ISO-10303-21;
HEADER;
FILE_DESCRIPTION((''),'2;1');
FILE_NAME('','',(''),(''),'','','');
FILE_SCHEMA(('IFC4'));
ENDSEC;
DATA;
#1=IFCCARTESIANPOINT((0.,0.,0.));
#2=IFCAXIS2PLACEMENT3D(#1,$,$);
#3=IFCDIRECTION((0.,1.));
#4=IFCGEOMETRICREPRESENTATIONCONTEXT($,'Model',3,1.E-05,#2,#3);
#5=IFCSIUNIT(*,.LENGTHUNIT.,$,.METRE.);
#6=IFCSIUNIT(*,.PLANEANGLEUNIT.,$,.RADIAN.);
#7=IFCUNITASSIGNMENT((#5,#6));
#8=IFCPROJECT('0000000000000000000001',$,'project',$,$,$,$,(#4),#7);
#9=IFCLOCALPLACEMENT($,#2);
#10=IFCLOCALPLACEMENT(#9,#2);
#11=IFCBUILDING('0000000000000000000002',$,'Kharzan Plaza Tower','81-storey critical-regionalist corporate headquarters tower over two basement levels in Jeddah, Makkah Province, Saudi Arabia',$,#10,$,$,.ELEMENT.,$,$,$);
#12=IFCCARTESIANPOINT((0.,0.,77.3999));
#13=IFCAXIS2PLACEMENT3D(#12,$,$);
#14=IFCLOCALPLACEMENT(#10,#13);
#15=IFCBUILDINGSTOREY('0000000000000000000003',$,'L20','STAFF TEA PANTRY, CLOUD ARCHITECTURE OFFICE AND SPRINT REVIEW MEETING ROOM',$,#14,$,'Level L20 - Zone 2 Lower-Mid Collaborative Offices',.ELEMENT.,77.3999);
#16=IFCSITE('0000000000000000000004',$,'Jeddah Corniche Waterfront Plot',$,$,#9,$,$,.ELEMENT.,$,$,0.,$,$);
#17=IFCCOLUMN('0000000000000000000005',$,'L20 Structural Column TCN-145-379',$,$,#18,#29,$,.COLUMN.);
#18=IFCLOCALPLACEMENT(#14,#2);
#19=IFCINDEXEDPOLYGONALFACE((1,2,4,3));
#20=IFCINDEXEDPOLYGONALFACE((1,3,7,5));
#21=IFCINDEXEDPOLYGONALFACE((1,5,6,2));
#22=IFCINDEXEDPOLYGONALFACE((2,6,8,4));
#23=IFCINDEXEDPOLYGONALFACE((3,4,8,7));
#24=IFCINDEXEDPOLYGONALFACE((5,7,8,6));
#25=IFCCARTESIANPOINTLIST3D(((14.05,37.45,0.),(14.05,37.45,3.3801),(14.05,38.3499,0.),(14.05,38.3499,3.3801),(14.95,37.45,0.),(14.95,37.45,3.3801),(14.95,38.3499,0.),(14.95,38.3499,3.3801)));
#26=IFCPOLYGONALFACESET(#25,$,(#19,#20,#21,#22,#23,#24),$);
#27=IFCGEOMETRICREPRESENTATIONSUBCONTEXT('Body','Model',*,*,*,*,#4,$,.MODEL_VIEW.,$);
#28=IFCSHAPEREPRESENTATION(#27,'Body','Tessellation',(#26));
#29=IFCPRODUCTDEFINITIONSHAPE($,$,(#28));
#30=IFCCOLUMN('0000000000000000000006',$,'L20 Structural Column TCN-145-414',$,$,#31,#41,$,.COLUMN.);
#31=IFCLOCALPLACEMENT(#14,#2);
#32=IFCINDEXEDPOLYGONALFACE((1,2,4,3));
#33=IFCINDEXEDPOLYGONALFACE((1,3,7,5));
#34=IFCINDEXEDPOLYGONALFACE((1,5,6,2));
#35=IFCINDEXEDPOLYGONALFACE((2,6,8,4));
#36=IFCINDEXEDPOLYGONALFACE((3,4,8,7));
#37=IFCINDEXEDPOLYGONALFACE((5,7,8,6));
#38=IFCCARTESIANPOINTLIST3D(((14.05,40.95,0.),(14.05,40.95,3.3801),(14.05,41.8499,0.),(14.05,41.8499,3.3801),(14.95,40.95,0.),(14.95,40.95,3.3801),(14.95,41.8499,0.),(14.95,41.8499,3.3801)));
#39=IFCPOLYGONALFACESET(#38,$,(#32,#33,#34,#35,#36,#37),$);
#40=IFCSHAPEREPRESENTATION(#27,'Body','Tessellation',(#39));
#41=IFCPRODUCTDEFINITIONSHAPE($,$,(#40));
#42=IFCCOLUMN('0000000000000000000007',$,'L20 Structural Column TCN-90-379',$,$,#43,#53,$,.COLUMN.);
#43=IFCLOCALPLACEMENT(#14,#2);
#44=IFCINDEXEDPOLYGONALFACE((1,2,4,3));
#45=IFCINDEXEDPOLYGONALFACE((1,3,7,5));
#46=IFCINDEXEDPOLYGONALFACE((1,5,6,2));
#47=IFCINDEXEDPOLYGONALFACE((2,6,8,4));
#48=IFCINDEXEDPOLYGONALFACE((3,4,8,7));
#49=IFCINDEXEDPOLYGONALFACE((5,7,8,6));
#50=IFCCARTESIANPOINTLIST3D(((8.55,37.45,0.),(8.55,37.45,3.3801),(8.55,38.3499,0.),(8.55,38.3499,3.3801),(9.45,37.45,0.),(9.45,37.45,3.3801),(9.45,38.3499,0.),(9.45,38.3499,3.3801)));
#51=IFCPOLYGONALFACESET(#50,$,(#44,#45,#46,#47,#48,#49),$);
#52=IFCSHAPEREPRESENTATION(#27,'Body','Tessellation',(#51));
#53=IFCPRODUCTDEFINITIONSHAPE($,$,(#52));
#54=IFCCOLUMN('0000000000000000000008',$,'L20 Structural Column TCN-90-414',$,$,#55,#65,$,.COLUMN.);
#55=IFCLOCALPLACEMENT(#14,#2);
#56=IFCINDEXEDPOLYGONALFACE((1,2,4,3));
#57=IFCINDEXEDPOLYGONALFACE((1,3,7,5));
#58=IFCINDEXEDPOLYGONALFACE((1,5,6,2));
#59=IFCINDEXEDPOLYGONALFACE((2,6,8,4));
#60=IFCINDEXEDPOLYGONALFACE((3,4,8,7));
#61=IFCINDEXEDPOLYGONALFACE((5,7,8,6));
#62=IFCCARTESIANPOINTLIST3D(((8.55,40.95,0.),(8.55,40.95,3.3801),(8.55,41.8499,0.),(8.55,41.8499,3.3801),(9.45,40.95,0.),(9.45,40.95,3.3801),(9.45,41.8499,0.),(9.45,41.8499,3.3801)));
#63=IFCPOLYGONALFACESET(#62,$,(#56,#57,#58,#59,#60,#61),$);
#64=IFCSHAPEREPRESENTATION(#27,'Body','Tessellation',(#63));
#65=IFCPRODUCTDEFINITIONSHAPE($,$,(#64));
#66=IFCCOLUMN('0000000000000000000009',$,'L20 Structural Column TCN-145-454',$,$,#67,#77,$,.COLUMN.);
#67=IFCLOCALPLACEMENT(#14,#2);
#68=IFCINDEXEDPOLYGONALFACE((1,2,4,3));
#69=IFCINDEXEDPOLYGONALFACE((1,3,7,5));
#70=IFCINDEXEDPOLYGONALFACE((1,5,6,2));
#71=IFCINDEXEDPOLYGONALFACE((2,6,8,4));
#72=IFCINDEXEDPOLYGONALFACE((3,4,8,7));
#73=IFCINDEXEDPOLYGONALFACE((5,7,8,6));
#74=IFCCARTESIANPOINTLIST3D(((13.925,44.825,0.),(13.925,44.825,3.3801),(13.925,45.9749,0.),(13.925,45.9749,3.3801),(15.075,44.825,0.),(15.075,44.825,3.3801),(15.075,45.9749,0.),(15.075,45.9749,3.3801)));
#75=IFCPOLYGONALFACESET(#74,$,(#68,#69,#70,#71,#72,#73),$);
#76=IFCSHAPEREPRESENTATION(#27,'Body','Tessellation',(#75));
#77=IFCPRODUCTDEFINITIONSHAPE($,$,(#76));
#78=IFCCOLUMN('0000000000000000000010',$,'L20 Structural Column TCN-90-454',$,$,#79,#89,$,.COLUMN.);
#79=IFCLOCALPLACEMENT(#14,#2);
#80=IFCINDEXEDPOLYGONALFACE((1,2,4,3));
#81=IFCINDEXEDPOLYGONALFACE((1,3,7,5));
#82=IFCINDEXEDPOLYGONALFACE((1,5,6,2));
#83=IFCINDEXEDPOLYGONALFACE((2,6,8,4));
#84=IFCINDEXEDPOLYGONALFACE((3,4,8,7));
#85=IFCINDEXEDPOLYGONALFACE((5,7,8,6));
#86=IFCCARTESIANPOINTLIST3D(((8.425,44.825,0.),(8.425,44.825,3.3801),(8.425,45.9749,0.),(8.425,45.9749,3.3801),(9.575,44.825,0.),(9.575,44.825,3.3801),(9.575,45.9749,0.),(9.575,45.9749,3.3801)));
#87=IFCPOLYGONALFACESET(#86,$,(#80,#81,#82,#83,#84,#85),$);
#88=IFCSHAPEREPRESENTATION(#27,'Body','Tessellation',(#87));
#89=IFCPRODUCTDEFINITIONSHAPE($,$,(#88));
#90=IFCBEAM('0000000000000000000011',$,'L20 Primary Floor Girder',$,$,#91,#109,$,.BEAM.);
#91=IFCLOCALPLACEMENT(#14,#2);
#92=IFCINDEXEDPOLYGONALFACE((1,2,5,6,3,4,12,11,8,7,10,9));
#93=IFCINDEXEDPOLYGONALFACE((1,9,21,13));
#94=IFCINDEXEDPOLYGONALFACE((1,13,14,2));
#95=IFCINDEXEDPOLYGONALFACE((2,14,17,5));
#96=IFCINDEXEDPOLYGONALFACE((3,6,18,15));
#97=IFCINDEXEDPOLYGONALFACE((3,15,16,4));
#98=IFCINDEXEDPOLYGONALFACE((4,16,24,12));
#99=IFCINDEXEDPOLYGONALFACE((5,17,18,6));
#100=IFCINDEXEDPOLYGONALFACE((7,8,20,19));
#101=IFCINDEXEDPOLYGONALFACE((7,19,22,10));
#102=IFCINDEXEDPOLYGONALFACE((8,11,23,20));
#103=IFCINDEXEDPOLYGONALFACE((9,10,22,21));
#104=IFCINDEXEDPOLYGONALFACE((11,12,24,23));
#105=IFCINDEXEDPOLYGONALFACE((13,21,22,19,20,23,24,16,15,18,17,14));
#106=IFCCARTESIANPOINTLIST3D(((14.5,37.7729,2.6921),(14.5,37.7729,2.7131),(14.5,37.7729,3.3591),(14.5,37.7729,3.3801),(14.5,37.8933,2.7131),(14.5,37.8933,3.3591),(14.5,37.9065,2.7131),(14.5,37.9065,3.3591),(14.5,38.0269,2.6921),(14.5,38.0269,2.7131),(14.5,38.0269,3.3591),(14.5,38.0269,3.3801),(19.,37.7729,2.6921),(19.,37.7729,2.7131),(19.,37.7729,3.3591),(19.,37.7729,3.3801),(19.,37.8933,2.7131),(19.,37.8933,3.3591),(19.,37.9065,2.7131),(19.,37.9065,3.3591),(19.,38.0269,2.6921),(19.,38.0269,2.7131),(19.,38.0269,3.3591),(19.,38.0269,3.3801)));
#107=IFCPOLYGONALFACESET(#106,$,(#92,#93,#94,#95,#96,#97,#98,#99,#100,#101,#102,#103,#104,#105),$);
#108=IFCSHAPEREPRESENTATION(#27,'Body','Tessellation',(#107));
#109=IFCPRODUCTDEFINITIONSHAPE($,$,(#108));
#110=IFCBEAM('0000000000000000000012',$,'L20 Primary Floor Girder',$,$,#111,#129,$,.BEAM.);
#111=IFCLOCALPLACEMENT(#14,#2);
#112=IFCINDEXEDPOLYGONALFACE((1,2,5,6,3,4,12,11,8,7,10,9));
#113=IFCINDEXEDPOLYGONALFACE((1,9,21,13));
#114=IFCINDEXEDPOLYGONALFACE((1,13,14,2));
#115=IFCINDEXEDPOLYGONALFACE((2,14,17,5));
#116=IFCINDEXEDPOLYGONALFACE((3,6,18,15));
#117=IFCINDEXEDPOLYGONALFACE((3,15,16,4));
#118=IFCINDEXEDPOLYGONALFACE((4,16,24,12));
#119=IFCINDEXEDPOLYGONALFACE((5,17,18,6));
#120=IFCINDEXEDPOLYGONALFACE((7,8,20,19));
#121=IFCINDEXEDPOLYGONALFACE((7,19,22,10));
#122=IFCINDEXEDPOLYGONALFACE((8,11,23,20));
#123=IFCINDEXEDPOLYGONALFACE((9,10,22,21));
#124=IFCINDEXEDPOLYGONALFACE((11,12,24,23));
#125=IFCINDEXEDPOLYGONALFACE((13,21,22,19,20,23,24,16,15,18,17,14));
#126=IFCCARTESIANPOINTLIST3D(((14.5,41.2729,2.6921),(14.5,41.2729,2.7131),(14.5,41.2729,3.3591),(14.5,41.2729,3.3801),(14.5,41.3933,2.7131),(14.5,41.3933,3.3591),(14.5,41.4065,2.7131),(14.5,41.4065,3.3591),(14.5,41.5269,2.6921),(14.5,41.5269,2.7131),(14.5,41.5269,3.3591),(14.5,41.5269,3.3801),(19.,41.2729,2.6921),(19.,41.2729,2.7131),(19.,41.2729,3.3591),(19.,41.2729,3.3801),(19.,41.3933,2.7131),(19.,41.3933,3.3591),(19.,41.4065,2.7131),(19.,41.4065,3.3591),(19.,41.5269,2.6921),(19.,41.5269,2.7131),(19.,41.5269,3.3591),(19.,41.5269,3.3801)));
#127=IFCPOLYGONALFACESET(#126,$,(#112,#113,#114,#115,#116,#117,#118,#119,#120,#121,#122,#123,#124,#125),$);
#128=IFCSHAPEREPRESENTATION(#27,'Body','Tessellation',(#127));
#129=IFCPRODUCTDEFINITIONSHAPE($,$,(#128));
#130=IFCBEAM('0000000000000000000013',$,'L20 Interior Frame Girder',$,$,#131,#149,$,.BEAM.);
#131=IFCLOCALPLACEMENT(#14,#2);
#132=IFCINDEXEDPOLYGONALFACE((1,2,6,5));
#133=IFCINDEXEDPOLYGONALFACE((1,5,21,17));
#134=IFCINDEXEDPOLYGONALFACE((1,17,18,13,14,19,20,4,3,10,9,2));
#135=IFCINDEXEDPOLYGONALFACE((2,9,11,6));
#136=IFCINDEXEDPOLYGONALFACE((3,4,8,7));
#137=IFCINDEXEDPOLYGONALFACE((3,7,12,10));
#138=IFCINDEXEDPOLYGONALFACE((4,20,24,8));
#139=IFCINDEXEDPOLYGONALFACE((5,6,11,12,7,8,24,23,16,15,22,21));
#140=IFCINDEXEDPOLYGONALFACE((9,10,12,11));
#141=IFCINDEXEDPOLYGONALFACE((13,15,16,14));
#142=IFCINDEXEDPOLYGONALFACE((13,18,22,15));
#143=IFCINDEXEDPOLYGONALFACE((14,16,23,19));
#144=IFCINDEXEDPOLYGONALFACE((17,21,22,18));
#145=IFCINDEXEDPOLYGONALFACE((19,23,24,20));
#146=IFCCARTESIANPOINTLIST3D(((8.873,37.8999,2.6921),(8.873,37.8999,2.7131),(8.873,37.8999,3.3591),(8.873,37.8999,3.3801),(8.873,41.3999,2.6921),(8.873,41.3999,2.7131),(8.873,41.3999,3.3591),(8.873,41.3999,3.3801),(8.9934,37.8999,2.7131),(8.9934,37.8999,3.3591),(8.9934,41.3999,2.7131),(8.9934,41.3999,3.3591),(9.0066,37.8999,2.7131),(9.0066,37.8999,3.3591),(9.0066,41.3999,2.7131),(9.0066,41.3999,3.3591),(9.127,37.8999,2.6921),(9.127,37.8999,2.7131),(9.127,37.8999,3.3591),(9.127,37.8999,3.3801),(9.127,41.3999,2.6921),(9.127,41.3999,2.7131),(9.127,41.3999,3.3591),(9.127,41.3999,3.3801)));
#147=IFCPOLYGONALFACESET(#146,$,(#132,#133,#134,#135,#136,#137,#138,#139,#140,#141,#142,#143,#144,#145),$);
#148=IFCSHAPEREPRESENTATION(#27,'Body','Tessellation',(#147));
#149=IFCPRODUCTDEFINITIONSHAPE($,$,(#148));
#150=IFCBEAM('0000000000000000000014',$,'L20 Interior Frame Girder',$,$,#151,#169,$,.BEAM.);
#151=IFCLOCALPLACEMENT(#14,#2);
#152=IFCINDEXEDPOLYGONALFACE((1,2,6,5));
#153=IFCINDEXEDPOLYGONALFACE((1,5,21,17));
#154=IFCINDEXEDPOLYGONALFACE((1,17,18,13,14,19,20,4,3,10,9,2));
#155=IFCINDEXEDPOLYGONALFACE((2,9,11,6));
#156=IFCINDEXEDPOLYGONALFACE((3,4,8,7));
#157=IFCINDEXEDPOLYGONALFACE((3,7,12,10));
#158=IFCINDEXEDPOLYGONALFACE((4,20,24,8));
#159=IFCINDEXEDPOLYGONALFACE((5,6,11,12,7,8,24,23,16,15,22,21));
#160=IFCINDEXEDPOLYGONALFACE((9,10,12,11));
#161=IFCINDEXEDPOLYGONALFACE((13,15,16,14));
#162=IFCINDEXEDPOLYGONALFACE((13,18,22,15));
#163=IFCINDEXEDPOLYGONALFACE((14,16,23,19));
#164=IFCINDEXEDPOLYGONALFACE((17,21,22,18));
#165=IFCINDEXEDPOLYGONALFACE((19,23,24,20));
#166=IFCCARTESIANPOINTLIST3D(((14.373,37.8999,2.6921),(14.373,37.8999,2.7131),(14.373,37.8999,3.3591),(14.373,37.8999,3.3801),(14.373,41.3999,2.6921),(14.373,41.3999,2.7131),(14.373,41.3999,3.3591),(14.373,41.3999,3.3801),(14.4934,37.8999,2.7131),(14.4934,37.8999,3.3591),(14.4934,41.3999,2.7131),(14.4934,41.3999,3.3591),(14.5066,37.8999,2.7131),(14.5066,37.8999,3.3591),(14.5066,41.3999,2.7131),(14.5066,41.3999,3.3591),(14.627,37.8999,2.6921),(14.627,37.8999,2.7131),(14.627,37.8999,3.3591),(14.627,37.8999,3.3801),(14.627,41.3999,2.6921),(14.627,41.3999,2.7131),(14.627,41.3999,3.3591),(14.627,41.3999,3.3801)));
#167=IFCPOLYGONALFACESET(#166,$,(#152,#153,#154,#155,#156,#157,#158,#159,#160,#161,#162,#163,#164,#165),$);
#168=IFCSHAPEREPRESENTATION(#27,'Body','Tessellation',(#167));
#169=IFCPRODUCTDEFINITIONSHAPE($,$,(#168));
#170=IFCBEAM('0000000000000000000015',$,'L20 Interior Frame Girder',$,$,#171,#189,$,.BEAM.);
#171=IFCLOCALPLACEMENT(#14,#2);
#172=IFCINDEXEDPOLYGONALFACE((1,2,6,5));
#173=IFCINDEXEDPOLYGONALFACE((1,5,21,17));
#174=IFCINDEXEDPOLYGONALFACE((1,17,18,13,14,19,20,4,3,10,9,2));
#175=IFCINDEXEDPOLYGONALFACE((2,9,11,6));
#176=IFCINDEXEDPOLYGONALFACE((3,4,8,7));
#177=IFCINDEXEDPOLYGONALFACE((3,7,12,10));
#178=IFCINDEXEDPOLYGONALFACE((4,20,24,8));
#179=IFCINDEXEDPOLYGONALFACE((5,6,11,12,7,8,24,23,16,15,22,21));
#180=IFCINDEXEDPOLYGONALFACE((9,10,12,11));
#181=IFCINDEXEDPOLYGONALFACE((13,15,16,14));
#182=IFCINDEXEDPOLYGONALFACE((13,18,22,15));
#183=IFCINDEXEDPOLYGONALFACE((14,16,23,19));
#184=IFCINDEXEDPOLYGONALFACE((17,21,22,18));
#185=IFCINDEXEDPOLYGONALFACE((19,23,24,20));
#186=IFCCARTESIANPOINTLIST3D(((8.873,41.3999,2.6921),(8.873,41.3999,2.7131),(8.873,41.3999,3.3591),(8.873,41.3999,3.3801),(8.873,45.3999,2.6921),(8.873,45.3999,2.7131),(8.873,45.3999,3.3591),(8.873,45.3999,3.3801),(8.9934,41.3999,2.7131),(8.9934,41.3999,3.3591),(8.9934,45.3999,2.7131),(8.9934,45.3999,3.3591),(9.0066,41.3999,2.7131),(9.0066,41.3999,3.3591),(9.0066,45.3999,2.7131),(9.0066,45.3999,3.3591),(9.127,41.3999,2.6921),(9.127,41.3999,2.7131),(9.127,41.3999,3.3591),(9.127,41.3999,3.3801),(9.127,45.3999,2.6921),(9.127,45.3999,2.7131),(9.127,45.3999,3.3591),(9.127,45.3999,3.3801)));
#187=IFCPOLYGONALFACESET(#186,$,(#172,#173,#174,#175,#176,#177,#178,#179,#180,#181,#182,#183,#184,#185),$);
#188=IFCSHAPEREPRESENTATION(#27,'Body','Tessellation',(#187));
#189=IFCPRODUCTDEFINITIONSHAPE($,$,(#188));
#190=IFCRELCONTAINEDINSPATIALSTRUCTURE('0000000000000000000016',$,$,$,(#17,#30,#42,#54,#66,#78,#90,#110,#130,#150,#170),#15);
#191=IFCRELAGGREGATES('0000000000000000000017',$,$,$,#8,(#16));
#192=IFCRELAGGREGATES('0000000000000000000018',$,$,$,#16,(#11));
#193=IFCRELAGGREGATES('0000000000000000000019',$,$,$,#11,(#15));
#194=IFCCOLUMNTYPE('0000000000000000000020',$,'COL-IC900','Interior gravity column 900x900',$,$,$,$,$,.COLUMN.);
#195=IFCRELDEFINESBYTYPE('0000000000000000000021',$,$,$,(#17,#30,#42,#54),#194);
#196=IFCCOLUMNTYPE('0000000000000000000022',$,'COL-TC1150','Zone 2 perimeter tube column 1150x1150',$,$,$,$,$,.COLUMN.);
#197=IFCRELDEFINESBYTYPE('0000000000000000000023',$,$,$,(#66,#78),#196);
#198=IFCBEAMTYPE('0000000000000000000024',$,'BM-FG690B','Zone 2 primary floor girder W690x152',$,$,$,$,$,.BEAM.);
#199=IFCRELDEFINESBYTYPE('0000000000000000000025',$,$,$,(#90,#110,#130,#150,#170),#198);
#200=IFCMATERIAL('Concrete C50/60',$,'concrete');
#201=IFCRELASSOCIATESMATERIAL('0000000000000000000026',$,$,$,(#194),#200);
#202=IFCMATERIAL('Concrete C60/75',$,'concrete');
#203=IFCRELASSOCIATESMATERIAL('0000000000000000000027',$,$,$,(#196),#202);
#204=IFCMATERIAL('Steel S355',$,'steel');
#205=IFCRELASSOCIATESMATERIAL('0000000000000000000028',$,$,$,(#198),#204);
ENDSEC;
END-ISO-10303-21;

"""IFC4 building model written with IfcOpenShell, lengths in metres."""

from ifc_helpers import new_model, si_unit, direction, frame, origin, origin_2d, place, context, subcontext, project, spatial, rectangle, i_section, extrude, source, transform, mapped, material, material_profile, profile_set, type_object, element, save


model = new_model("IFC4")

# Units and contexts
model_context = context("Model", 3, precision=1e-05, world=origin(), true_north=direction((0.0, 1.0)))
body_context = subcontext(model_context, "Body", "Model", "MODEL_VIEW")
ifc_project = project(units=[si_unit("LENGTHUNIT", "METRE"), si_unit("PLANEANGLEUNIT", "RADIAN")], contexts=[model_context])

# Site, building, storey
site_placement = place(None, origin())
site = spatial("IfcSite", under=ifc_project, at=site_placement, Name="Jeddah Corniche Waterfront Plot", CompositionType="ELEMENT", RefElevation=0.0)
building_placement = place(site_placement, origin())
building = spatial("IfcBuilding", under=site, at=building_placement, Name="Kharzan Plaza Tower", Description="81-storey critical-regionalist corporate headquarters tower over two basement levels in Jeddah, Makkah Province, Saudi Arabia", CompositionType="ELEMENT")
storey_placement = place(building_placement, frame((0.0, 0.0, 77.3999)))
storey = spatial("IfcBuildingStorey", under=building, at=storey_placement, Name="L20", Description="STAFF TEA PANTRY, CLOUD ARCHITECTURE OFFICE AND SPRINT REVIEW MEETING ROOM", LongName="Level L20 - Zone 2 Lower-Mid Collaborative Offices", CompositionType="ELEMENT", Elevation=77.3999)

# Columns
ifc_material_1 = material(Name="Concrete C50/60", Category="concrete")
ifc_material_profile_1 = material_profile(ifc_material_1, rectangle(XDim=0.8999, YDim=0.8999, at=origin_2d()), Name="RC-IC900x900")
ifc_profile_set_1 = profile_set([ifc_material_profile_1], Name="Concrete C50/60")
column_type_1 = type_object("IfcColumnType", Name="COL-IC900", Description="Interior gravity column 900x900", PredefinedType="COLUMN", material=ifc_profile_set_1)
shared_shape_1 = source(origin(), body_context, "Body", "SweptSolid", [
    extrude(rectangle(XDim=0.8999, YDim=0.8999, at=origin_2d()), origin(), (0.0, 0.0, 1.0), 3.3801),
])
for number, where, z_axis, x_axis, name in (
    (1, (14.5, 37.8999, 0.0), (0.0, 0.0, 1.0), (1.0, 0.0, 0.0), "L20 Structural Column TCN-145-379"),
    (2, (14.5, 41.3999, 0.0), (0.0, 0.0, 1.0), (1.0, 0.0, 0.0), "L20 Structural Column TCN-145-414"),
    (3, (9.0, 37.8999, 0.0), (0.0, 0.0, 1.0), (1.0, 0.0, 0.0), "L20 Structural Column TCN-90-379"),
    (4, (9.0, 41.3999, 0.0), (0.0, 0.0, 1.0), (1.0, 0.0, 0.0), "L20 Structural Column TCN-90-414"),
):
    element("IfcColumn", number, at=place(storey_placement, frame(where, z_axis=z_axis, x_axis=x_axis)), inside=storey, type_object=column_type_1, Name=name, PredefinedType="COLUMN", context=body_context, shape_type="MappedRepresentation", body=[
        mapped(shared_shape_1, transform((0.0, 0.0, 0.0), x_axis=(1.0, 0.0, 0.0), y_axis=(0.0, 1.0, 0.0), z_axis=(0.0, 0.0, 1.0))),
    ])
ifc_material_2 = material(Name="Concrete C60/75", Category="concrete")
ifc_material_profile_2 = material_profile(ifc_material_2, rectangle(XDim=1.1499, YDim=1.1499, at=origin_2d()), Name="RC-TC1150x1150")
ifc_profile_set_2 = profile_set([ifc_material_profile_2], Name="Concrete C60/75")
column_type_2 = type_object("IfcColumnType", Name="COL-TC1150", Description="Zone 2 perimeter tube column 1150x1150", PredefinedType="COLUMN", material=ifc_profile_set_2)
shared_shape_2 = source(origin(), body_context, "Body", "SweptSolid", [
    extrude(rectangle(XDim=1.1499, YDim=1.1499, at=origin_2d()), origin(), (0.0, 0.0, 1.0), 3.3801),
])
for number, where, z_axis, x_axis, name in (
    (5, (14.5, 45.3999, 0.0), (0.0, 0.0, 1.0), (1.0, 0.0, 0.0), "L20 Structural Column TCN-145-454"),
    (6, (9.0, 45.3999, 0.0), (0.0, 0.0, 1.0), (1.0, 0.0, 0.0), "L20 Structural Column TCN-90-454"),
):
    element("IfcColumn", number, at=place(storey_placement, frame(where, z_axis=z_axis, x_axis=x_axis)), inside=storey, type_object=column_type_2, Name=name, PredefinedType="COLUMN", context=body_context, shape_type="MappedRepresentation", body=[
        mapped(shared_shape_2, transform((0.0, 0.0, 0.0), x_axis=(1.0, 0.0, 0.0), y_axis=(0.0, 1.0, 0.0), z_axis=(0.0, 0.0, 1.0))),
    ])

# Beams
ifc_material_3 = material(Name="Steel S355", Category="steel")
ifc_material_profile_3 = material_profile(ifc_material_3, i_section(OverallWidth=0.2539, OverallDepth=0.688, WebThickness=0.0132, FlangeThickness=0.021, at=origin_2d()), Name="W690x152")
ifc_profile_set_3 = profile_set([ifc_material_profile_3], Name="Steel S355")
beam_type_1 = type_object("IfcBeamType", Name="BM-FG690B", Description="Zone 2 primary floor girder W690x152", PredefinedType="BEAM", material=ifc_profile_set_3)
shared_shape_3 = source(origin(), body_context, "Body", "SweptSolid", [
    extrude(i_section(OverallWidth=0.2539, OverallDepth=0.688, WebThickness=0.0132, FlangeThickness=0.021, at=origin_2d()), origin(), (0.0, 0.0, 1.0), 4.5),
])
for number, where, z_axis, x_axis, name in (
    (7, (14.5, 37.8999, 3.0361), (1.0, 0.0, 0.0), (0.0, 1.0, 0.0), "L20 Primary Floor Girder"),
    (8, (14.5, 41.3999, 3.0361), (1.0, 0.0, 0.0), (0.0, 1.0, 0.0), "L20 Primary Floor Girder"),
):
    element("IfcBeam", number, at=place(storey_placement, frame(where, z_axis=z_axis, x_axis=x_axis)), inside=storey, type_object=beam_type_1, Name=name, PredefinedType="BEAM", context=body_context, shape_type="MappedRepresentation", body=[
        mapped(shared_shape_3, transform((0.0, 0.0, 0.0), x_axis=(1.0, 0.0, 0.0), y_axis=(0.0, 1.0, 0.0), z_axis=(0.0, 0.0, 1.0))),
    ])
shared_shape_4 = source(origin(), body_context, "Body", "SweptSolid", [
    extrude(i_section(OverallWidth=0.2539, OverallDepth=0.688, WebThickness=0.0132, FlangeThickness=0.021, at=origin_2d()), origin(), (0.0, 0.0, 1.0), 3.5),
])
for number, where, z_axis, x_axis, name in (
    (9, (9.0, 37.8999, 3.0361), (0.0, 1.0, 0.0), (-1.0, 0.0, 0.0), "L20 Interior Frame Girder"),
    (10, (14.5, 37.8999, 3.0361), (0.0, 1.0, 0.0), (-1.0, 0.0, 0.0), "L20 Interior Frame Girder"),
):
    element("IfcBeam", number, at=place(storey_placement, frame(where, z_axis=z_axis, x_axis=x_axis)), inside=storey, type_object=beam_type_1, Name=name, PredefinedType="BEAM", context=body_context, shape_type="MappedRepresentation", body=[
        mapped(shared_shape_4, transform((0.0, 0.0, 0.0), x_axis=(1.0, 0.0, 0.0), y_axis=(0.0, 1.0, 0.0), z_axis=(0.0, 0.0, 1.0))),
    ])
shared_shape_5 = source(origin(), body_context, "Body", "SweptSolid", [
    extrude(i_section(OverallWidth=0.2539, OverallDepth=0.688, WebThickness=0.0132, FlangeThickness=0.021, at=origin_2d()), origin(), (0.0, 0.0, 1.0), 4.0),
])
for number, where, z_axis, x_axis, name in (
    (11, (9.0, 41.3999, 3.0361), (0.0, 1.0, 0.0), (-1.0, 0.0, 0.0), "L20 Interior Frame Girder"),
):
    element("IfcBeam", number, at=place(storey_placement, frame(where, z_axis=z_axis, x_axis=x_axis)), inside=storey, type_object=beam_type_1, Name=name, PredefinedType="BEAM", context=body_context, shape_type="MappedRepresentation", body=[
        mapped(shared_shape_5, transform((0.0, 0.0, 0.0), x_axis=(1.0, 0.0, 0.0), y_axis=(0.0, 1.0, 0.0), z_axis=(0.0, 0.0, 1.0))),
    ])

save(model, "model.ifc")
